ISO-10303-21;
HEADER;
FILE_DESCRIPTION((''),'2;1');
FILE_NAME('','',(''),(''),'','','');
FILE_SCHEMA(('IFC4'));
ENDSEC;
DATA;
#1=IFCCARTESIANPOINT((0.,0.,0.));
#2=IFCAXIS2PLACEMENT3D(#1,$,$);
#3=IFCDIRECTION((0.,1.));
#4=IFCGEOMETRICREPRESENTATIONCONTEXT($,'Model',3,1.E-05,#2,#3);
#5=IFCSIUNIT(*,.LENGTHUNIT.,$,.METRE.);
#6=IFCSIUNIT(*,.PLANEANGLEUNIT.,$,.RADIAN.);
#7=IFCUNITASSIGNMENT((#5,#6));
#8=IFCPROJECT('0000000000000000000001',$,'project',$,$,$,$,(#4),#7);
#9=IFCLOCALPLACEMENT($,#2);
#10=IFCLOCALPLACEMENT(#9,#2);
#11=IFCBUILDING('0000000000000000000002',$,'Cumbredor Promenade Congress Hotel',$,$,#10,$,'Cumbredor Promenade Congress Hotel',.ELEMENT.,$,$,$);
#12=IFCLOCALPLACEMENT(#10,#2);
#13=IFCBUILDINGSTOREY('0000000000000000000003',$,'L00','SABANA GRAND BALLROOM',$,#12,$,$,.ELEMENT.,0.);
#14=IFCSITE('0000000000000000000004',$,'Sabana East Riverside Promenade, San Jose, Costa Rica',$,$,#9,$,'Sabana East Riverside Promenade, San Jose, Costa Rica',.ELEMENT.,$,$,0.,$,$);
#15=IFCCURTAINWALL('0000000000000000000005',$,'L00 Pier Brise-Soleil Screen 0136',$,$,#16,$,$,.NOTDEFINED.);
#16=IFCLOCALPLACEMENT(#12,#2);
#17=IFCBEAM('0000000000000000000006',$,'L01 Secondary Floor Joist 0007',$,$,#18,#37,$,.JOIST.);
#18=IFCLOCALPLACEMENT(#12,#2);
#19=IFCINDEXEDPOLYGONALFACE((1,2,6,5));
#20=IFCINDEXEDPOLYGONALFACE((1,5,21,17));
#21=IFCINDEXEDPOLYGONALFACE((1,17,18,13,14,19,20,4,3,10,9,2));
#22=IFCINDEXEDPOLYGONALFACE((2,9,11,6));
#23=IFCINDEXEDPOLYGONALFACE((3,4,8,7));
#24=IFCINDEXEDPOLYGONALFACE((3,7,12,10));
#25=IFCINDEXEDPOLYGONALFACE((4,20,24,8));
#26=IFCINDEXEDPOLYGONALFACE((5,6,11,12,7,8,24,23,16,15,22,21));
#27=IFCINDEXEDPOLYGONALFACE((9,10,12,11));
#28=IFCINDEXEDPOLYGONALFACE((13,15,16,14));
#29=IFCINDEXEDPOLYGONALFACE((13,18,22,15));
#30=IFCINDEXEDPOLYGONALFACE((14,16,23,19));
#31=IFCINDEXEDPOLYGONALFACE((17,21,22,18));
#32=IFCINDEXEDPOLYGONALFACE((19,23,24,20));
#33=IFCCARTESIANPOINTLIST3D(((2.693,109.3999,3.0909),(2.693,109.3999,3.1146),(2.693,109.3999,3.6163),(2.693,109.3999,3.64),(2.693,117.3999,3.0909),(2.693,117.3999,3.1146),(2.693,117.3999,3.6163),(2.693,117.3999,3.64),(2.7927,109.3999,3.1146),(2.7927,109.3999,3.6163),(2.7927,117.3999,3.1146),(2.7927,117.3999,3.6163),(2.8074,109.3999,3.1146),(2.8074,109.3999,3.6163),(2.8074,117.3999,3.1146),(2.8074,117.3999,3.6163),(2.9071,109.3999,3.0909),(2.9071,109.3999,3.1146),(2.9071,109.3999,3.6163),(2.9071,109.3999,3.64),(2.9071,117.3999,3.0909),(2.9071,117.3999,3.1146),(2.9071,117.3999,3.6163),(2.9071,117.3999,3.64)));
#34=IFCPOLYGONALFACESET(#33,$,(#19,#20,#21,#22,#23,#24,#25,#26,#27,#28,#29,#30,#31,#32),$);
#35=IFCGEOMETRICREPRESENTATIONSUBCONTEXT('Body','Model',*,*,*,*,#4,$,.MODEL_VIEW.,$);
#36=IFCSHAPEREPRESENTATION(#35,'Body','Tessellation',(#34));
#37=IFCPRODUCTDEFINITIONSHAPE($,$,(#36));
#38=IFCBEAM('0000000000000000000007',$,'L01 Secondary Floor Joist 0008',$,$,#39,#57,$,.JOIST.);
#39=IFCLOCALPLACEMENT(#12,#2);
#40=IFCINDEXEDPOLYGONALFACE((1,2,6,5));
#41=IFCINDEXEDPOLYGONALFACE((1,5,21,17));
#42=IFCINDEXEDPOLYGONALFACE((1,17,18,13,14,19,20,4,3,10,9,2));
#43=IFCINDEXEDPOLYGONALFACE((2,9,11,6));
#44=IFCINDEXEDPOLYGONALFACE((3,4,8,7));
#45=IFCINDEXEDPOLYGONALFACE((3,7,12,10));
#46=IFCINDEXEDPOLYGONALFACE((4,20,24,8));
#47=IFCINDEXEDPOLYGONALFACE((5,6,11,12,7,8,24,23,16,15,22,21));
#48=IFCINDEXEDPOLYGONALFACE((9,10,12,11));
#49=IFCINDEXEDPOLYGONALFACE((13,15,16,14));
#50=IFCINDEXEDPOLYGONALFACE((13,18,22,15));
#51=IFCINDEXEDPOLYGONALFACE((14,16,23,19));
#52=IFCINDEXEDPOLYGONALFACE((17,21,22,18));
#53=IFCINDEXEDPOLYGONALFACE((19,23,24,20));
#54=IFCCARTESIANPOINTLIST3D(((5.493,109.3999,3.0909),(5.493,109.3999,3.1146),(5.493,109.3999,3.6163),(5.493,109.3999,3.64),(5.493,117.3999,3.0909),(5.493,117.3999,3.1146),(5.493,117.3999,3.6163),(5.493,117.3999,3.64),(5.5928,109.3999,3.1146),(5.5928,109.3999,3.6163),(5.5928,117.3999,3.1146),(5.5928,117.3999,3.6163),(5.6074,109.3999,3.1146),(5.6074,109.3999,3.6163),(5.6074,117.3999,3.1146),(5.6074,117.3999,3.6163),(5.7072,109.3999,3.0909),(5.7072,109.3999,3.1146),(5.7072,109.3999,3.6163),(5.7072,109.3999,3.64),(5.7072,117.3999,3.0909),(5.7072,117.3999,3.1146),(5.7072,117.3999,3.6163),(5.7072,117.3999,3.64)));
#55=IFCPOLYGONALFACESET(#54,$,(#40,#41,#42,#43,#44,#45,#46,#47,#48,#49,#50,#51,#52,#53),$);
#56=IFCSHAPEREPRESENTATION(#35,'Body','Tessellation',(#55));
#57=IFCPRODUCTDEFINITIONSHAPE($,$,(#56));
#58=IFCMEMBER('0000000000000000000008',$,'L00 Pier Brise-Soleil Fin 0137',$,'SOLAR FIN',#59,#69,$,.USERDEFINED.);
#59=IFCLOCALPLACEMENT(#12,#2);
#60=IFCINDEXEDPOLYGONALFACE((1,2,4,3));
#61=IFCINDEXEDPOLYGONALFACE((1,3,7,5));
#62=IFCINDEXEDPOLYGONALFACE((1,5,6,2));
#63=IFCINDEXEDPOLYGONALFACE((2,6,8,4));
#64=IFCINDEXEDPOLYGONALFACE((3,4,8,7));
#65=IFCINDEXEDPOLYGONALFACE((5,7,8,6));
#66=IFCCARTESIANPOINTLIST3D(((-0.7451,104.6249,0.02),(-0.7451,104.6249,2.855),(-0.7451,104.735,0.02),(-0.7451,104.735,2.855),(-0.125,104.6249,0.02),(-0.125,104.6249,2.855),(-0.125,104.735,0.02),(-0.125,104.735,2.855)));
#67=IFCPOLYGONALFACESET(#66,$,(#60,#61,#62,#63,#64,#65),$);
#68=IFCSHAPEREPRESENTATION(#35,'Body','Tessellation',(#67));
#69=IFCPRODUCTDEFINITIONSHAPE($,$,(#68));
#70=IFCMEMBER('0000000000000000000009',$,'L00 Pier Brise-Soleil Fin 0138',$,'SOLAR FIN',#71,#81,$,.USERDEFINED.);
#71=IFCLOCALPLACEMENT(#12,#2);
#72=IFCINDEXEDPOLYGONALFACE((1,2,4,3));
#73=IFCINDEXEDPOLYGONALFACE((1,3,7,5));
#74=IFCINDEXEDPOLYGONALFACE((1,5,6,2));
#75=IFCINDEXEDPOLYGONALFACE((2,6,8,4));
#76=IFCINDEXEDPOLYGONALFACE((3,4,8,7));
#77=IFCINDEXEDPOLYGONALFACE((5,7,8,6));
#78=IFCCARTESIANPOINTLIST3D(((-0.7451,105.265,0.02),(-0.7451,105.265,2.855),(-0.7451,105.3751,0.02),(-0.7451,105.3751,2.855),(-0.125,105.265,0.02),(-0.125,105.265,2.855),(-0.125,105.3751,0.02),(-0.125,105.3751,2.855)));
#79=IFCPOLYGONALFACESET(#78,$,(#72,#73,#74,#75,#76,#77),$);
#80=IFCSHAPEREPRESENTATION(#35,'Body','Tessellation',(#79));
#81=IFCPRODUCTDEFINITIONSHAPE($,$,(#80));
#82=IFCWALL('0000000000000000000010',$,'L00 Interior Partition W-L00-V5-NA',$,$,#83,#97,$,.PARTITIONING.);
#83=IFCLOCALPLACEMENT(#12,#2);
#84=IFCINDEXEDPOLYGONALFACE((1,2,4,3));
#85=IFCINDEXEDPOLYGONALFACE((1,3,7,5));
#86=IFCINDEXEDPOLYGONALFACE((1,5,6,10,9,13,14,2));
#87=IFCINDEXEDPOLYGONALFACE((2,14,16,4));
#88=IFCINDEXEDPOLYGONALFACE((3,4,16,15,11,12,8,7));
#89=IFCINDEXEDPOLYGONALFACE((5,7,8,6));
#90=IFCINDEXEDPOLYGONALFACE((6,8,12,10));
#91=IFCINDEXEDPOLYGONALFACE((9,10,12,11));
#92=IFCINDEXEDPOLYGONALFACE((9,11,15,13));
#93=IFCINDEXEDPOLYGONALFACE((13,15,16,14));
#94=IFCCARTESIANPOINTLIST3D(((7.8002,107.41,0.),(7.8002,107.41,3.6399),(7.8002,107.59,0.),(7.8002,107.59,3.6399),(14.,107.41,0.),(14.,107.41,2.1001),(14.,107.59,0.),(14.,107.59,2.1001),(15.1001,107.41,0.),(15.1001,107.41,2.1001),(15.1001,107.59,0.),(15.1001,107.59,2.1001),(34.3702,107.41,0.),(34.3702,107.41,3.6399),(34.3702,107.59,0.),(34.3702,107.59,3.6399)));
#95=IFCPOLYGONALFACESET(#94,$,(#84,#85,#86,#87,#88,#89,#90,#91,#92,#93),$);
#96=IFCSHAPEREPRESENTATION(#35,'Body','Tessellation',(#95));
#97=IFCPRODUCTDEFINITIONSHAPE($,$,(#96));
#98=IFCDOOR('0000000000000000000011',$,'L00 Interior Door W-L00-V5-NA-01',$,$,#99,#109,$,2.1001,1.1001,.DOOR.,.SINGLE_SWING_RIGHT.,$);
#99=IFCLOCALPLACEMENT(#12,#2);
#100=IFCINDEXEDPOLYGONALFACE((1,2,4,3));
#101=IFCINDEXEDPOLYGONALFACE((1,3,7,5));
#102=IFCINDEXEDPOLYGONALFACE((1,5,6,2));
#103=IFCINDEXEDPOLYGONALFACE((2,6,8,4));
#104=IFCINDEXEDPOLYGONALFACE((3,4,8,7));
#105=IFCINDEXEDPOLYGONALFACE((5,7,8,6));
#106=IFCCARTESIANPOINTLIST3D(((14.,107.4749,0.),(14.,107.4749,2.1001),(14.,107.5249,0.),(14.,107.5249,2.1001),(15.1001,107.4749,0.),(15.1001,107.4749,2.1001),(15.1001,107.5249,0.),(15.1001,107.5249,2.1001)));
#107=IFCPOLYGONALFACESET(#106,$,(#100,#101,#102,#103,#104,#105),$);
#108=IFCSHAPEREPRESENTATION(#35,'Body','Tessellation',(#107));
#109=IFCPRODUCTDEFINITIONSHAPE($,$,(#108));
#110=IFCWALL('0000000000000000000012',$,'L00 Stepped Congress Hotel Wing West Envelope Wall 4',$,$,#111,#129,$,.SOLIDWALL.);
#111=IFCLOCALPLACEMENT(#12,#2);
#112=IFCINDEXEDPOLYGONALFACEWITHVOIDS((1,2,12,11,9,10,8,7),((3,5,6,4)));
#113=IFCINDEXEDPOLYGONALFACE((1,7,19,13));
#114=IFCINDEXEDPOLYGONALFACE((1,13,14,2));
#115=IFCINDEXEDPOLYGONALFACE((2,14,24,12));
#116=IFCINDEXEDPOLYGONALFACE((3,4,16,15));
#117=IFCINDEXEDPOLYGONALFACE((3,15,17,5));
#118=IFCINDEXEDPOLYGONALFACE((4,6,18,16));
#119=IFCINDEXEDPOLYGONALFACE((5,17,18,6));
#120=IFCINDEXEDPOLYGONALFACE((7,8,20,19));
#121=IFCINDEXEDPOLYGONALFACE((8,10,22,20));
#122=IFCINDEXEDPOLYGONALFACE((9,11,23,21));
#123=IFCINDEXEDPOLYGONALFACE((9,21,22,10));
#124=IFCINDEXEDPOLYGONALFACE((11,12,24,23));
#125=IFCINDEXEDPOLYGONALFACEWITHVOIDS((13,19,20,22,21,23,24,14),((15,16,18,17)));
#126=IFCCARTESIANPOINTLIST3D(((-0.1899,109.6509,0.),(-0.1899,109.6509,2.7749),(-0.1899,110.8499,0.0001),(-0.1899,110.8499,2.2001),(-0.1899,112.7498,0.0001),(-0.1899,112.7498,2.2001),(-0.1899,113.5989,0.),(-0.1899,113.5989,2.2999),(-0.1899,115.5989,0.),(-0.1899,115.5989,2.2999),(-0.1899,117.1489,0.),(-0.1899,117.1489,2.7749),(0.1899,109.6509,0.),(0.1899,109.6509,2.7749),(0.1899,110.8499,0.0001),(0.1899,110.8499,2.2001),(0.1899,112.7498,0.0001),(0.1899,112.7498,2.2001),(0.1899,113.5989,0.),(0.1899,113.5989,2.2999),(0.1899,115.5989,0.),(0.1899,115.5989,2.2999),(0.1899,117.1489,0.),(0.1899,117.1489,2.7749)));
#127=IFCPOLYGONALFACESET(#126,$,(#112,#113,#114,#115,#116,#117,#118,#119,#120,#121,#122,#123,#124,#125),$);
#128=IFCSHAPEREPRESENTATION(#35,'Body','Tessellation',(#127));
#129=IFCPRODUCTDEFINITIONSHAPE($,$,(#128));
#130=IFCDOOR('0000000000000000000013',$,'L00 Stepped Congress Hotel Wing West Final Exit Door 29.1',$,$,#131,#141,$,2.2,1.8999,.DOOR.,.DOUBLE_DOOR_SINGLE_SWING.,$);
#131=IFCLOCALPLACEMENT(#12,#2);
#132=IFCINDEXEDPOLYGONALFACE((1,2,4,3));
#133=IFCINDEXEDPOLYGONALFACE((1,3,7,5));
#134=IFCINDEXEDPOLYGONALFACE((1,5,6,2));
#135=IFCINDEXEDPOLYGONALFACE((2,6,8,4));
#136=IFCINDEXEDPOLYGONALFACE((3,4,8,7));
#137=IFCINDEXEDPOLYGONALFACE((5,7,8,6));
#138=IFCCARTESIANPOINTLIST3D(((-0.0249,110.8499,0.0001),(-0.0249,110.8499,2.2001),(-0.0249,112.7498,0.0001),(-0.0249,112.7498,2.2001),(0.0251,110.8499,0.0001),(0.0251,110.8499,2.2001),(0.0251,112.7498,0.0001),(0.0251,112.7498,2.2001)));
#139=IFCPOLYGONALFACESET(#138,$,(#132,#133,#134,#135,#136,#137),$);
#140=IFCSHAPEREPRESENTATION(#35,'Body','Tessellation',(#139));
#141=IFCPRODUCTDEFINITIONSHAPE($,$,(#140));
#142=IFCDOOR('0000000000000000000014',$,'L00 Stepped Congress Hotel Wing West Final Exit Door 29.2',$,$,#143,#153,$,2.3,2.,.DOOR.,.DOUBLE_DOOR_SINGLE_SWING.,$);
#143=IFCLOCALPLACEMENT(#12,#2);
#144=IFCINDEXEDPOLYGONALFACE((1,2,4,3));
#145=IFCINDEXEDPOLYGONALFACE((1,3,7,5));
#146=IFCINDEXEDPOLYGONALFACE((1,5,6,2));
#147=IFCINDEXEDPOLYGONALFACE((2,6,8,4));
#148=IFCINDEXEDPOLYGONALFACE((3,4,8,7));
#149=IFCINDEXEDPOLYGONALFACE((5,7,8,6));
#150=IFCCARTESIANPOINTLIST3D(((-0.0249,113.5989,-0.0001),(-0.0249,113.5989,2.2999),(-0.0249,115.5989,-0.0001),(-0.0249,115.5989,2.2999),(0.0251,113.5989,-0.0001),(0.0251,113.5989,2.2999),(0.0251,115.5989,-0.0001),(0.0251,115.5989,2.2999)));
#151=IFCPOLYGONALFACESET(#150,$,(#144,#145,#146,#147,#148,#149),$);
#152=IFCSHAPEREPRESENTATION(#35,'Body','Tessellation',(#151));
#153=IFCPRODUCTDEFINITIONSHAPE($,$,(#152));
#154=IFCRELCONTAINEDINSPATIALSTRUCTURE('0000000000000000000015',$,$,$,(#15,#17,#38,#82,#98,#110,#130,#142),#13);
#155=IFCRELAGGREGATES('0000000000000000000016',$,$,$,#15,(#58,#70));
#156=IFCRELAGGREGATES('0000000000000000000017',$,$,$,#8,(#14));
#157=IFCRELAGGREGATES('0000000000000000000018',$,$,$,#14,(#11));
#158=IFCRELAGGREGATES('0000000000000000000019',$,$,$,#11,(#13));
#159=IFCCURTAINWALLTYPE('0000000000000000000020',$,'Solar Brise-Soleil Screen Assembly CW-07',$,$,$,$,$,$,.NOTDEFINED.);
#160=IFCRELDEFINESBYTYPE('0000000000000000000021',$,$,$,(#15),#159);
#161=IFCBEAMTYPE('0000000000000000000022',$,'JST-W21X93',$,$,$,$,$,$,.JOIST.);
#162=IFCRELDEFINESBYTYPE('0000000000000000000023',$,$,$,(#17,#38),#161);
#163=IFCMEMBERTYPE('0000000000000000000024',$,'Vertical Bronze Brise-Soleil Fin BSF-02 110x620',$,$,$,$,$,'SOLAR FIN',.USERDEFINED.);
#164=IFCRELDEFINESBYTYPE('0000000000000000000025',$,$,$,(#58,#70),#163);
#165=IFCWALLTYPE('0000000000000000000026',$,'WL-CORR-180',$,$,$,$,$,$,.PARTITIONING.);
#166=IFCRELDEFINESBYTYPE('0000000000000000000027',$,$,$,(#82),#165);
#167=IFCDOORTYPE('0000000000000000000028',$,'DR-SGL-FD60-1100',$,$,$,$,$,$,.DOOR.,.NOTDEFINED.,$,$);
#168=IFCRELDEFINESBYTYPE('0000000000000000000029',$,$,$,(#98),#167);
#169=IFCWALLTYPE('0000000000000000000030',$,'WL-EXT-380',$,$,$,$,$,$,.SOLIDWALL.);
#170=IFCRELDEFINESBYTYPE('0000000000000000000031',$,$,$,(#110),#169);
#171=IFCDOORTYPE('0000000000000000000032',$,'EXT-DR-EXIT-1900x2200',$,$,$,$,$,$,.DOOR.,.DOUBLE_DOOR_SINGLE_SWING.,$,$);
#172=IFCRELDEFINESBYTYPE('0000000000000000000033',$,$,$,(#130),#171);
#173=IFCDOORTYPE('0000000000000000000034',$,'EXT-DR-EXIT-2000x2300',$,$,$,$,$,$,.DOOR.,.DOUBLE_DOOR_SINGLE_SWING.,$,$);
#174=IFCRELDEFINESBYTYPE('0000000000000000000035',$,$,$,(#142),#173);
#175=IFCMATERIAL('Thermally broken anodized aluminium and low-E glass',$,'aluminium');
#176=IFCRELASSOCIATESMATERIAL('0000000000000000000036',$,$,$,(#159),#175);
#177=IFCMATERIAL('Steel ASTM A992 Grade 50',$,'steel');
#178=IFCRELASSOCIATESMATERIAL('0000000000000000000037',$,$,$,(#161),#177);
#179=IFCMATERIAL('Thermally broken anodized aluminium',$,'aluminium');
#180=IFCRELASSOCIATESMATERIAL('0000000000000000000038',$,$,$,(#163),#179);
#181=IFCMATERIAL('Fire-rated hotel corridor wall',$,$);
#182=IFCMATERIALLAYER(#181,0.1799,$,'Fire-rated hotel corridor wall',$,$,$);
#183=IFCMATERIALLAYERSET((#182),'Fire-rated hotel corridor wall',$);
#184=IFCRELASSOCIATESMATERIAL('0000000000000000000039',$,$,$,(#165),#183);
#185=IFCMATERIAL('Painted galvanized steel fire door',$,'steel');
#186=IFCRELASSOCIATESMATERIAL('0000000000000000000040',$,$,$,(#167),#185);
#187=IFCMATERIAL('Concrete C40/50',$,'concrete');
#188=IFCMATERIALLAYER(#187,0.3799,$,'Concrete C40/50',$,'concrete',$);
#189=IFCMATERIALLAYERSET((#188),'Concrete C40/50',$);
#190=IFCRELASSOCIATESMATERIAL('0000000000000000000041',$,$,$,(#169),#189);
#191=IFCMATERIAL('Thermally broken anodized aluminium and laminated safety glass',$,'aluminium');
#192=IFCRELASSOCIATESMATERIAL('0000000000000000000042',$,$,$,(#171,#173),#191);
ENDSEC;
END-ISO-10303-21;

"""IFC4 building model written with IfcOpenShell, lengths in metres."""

from ifc_helpers import new_model, si_unit, direction, frame, frame_2d, origin, origin_2d, place, context, subcontext, project, spatial, rectangle, i_section, extrude, material, layer, layer_set, material_profile, profile_set, type_object, element, fill, aggregate, save


model = new_model("IFC4")

# Units and contexts
model_context = context("Model", 3, precision=1e-05, world=origin(), true_north=direction((0.0, 1.0)))
body_context = subcontext(model_context, "Body", "Model", "MODEL_VIEW")
ifc_project = project(units=[si_unit("LENGTHUNIT", "METRE"), si_unit("PLANEANGLEUNIT", "RADIAN")], contexts=[model_context])

# Site, building, storey
site_placement = place(None, origin())
site = spatial("IfcSite", under=ifc_project, at=site_placement, Name="Sabana East Riverside Promenade, San Jose, Costa Rica", LongName="Sabana East Riverside Promenade, San Jose, Costa Rica", CompositionType="ELEMENT", RefElevation=0.0)
building_placement = place(site_placement, origin())
building = spatial("IfcBuilding", under=site, at=building_placement, Name="Cumbredor Promenade Congress Hotel", LongName="Cumbredor Promenade Congress Hotel", CompositionType="ELEMENT")
storey_placement = place(building_placement, origin())
storey = spatial("IfcBuildingStorey", under=building, at=storey_placement, Name="L00", Description="SABANA GRAND BALLROOM", CompositionType="ELEMENT", Elevation=0.0)

# Shared definitions
ifc_material_1 = material(Name="Concrete C40/50", Category="concrete")
ifc_material_2 = material(Name="Steel ASTM A992 Grade 50", Category="steel")

# Curtain wall
ifc_material_3 = material(Name="Thermally broken anodized aluminium and low-E glass", Category="aluminium")
curtain_wall_type = type_object("IfcCurtainWallType", Name="Solar Brise-Soleil Screen Assembly CW-07", PredefinedType="NOTDEFINED", material=ifc_material_3)
curtain_wall_placement = place(storey_placement, origin())
curtain_wall = element("IfcCurtainWall", 1, at=curtain_wall_placement, inside=storey, type_object=curtain_wall_type, Name="L00 Pier Brise-Soleil Screen 0136", PredefinedType="NOTDEFINED")
ifc_material_4 = material(Name="Thermally broken anodized aluminium", Category="aluminium")

# Beams
ifc_material_profile_1 = material_profile(ifc_material_2, i_section(OverallWidth=0.2141, OverallDepth=0.5491, WebThickness=0.0146, FlangeThickness=0.0237, at=origin_2d()), Name="W21X93")
ifc_profile_set_1 = profile_set([ifc_material_profile_1], Name="Steel ASTM A992 Grade 50")
beam_type_1 = type_object("IfcBeamType", Name="JST-W21X93", PredefinedType="JOIST", material=ifc_profile_set_1)
for number, where, z_axis, x_axis, name in (
    (2, (2.8, 109.3999, 3.3655), (0.0, 1.0, 0.0), (-1.0, 0.0, 0.0), "L01 Secondary Floor Joist 0007"),
    (3, (5.6001, 109.3999, 3.3655), (0.0, 1.0, 0.0), (-1.0, 0.0, 0.0), "L01 Secondary Floor Joist 0008"),
):
    element("IfcBeam", number, at=place(storey_placement, frame(where, z_axis=z_axis, x_axis=x_axis)), inside=storey, type_object=beam_type_1, Name=name, PredefinedType="JOIST", context=body_context, shape_type="SweptSolid", body=[
        extrude(i_section(OverallWidth=0.2141, OverallDepth=0.5491, WebThickness=0.0146, FlangeThickness=0.0237, at=origin_2d()), origin(), (0.0, 0.0, 1.0), 8.0),
    ])

# Members
ifc_material_profile_2 = material_profile(ifc_material_4, rectangle(XDim=0.1101, YDim=0.6201, at=origin_2d()), Name="ARCH FIN 110x620")
ifc_profile_set_2 = profile_set([ifc_material_profile_2], Name="Thermally broken anodized aluminium")
member_type_1 = type_object("IfcMemberType", Name="Vertical Bronze Brise-Soleil Fin BSF-02 110x620", ElementType="SOLAR FIN", PredefinedType="USERDEFINED", material=ifc_profile_set_2)
member_1_placement = place(storey_placement, frame((-0.4351, 104.6799, 0.02), z_axis=(0.0, 0.0, 1.0), x_axis=(0.0, 1.0, 0.0)))
member_1 = element("IfcMember", 4, at=member_1_placement, type_object=member_type_1, Name="L00 Pier Brise-Soleil Fin 0137", ObjectType="SOLAR FIN", PredefinedType="USERDEFINED", context=body_context, shape_type="SweptSolid", body=[
    extrude(rectangle(XDim=0.1101, YDim=0.6201, at=origin_2d()), origin(), (0.0, 0.0, 1.0), 2.835),
])
member_2_placement = place(storey_placement, frame((-0.4351, 105.3201, 0.02), z_axis=(0.0, 0.0, 1.0), x_axis=(0.0, 1.0, 0.0)))
member_2 = element("IfcMember", 5, at=member_2_placement, type_object=member_type_1, Name="L00 Pier Brise-Soleil Fin 0138", ObjectType="SOLAR FIN", PredefinedType="USERDEFINED", context=body_context, shape_type="SweptSolid", body=[
    extrude(rectangle(XDim=0.1101, YDim=0.6201, at=origin_2d()), origin(), (0.0, 0.0, 1.0), 2.835),
])
aggregate(curtain_wall, [member_1, member_2])

# Wall, opening, door
ifc_material_5 = material(Name="Fire-rated hotel corridor wall")
ifc_layer_1 = layer(ifc_material_5, 0.1799, Name="Fire-rated hotel corridor wall")
ifc_layer_set_1 = layer_set([ifc_layer_1], Name="Fire-rated hotel corridor wall")
wall_type_1 = type_object("IfcWallType", Name="WL-CORR-180", PredefinedType="PARTITIONING", material=ifc_layer_set_1)
wall_1_placement = place(storey_placement, frame((7.8, 107.5, 0.0), z_axis=(0.0, 0.0, 1.0), x_axis=(1.0, 0.0, 0.0)))
wall_1 = element("IfcWall", 6, at=wall_1_placement, inside=storey, type_object=wall_type_1, Name="L00 Interior Partition W-L00-V5-NA", PredefinedType="PARTITIONING", context=body_context, shape_type="SweptSolid", body=[
    extrude(rectangle(XDim=26.5701, YDim=0.1799, at=frame_2d((13.2852, 0.0))), origin(), (0.0, 0.0, 1.0), 3.6399),
])
opening_1_placement = place(wall_1_placement, frame((6.2, 0.0, 0.0)))
opening_1 = element("IfcOpeningElement", 7, at=opening_1_placement, cuts=wall_1, PredefinedType="OPENING", context=body_context, shape_type="SweptSolid", body=[
    extrude(rectangle(XDim=1.1001, YDim=2.1001, at=frame_2d((0.55, 1.05))), frame((0.0, 0.1001, 0.0), z_axis=(0.0, -1.0, 0.0), x_axis=(1.0, 0.0, 0.0)), (0.0, 0.0, 1.0), 0.2),
])
ifc_material_6 = material(Name="Painted galvanized steel fire door", Category="steel")
door_type_1 = type_object("IfcDoorType", Name="DR-SGL-FD60-1100", OperationType="NOTDEFINED", PredefinedType="DOOR", material=ifc_material_6)
door_1_placement = place(opening_1_placement, origin())
door_1 = element("IfcDoor", 8, at=door_1_placement, inside=storey, type_object=door_type_1, Name="L00 Interior Door W-L00-V5-NA-01", OperationType="SINGLE_SWING_RIGHT", OverallHeight=2.1001, OverallWidth=1.1001, PredefinedType="DOOR", context=body_context, shape_type="SweptSolid", body=[
    extrude(rectangle(XDim=1.1001, YDim=2.1001, at=frame_2d((0.55, 1.05))), frame((0.0, 0.0249, 0.0), z_axis=(0.0, -1.0, 0.0), x_axis=(1.0, 0.0, 0.0)), (0.0, 0.0, 1.0), 0.05),
])
fill(opening_1, door_1)

# Wall, openings, doors
ifc_layer_2 = layer(ifc_material_1, 0.3799, Name="Concrete C40/50", Category="concrete")
ifc_layer_set_2 = layer_set([ifc_layer_2], Name="Concrete C40/50")
wall_type_2 = type_object("IfcWallType", Name="WL-EXT-380", PredefinedType="SOLIDWALL", material=ifc_layer_set_2)
wall_2_placement = place(storey_placement, frame((0.0, 109.6509, 0.0), z_axis=(0.0, 0.0, 1.0), x_axis=(0.0, 1.0, 0.0)))
wall_2 = element("IfcWall", 9, at=wall_2_placement, inside=storey, type_object=wall_type_2, Name="L00 Stepped Congress Hotel Wing West Envelope Wall 4", PredefinedType="SOLIDWALL", context=body_context, shape_type="SweptSolid", body=[
    extrude(rectangle(XDim=7.498, YDim=0.3799, at=frame_2d((3.749, 0.0))), origin(), (0.0, 0.0, 1.0), 2.7749),
])
opening_2_placement = place(wall_2_placement, frame((1.199, 0.0, 0.0)))
opening_2 = element("IfcOpeningElement", 10, at=opening_2_placement, cuts=wall_2, PredefinedType="OPENING", context=body_context, shape_type="SweptSolid", body=[
    extrude(rectangle(XDim=1.8999, YDim=2.2, at=frame_2d((0.95, 1.1001))), frame((0.0, 0.2, 0.0), z_axis=(0.0, -1.0, 0.0), x_axis=(1.0, 0.0, 0.0)), (0.0, 0.0, 1.0), 0.3999),
])
opening_3_placement = place(wall_2_placement, frame((3.948, 0.0, 0.0)))
opening_3 = element("IfcOpeningElement", 11, at=opening_3_placement, cuts=wall_2, PredefinedType="OPENING", context=body_context, shape_type="SweptSolid", body=[
    extrude(rectangle(XDim=2.0, YDim=2.3, at=frame_2d((1.0, 1.1499))), frame((0.0, 0.2, 0.0), z_axis=(0.0, -1.0, 0.0), x_axis=(1.0, 0.0, 0.0)), (0.0, 0.0, 1.0), 0.3999),
])
ifc_material_7 = material(Name="Thermally broken anodized aluminium and laminated safety glass", Category="aluminium")
door_type_2 = type_object("IfcDoorType", Name="EXT-DR-EXIT-1900x2200", OperationType="DOUBLE_DOOR_SINGLE_SWING", PredefinedType="DOOR", material=ifc_material_7)
door_2_placement = place(opening_2_placement, origin())
door_2 = element("IfcDoor", 12, at=door_2_placement, inside=storey, type_object=door_type_2, Name="L00 Stepped Congress Hotel Wing West Final Exit Door 29.1", OperationType="DOUBLE_DOOR_SINGLE_SWING", OverallHeight=2.2, OverallWidth=1.8999, PredefinedType="DOOR", context=body_context, shape_type="SweptSolid", body=[
    extrude(rectangle(XDim=1.8999, YDim=2.2, at=frame_2d((0.95, 1.1001))), frame((0.0, 0.0249, 0.0), z_axis=(0.0, -1.0, 0.0), x_axis=(1.0, 0.0, 0.0)), (0.0, 0.0, 1.0), 0.05),
])
fill(opening_2, door_2)
door_type_3 = type_object("IfcDoorType", Name="EXT-DR-EXIT-2000x2300", OperationType="DOUBLE_DOOR_SINGLE_SWING", PredefinedType="DOOR", material=ifc_material_7)
door_3_placement = place(opening_3_placement, origin())
door_3 = element("IfcDoor", 13, at=door_3_placement, inside=storey, type_object=door_type_3, Name="L00 Stepped Congress Hotel Wing West Final Exit Door 29.2", OperationType="DOUBLE_DOOR_SINGLE_SWING", OverallHeight=2.3, OverallWidth=2.0, PredefinedType="DOOR", context=body_context, shape_type="SweptSolid", body=[
    extrude(rectangle(XDim=2.0, YDim=2.3, at=frame_2d((1.0, 1.1499))), frame((0.0, 0.0249, 0.0), z_axis=(0.0, -1.0, 0.0), x_axis=(1.0, 0.0, 0.0)), (0.0, 0.0, 1.0), 0.05),
])
fill(opening_3, door_3)

save(model, "model.ifc")
